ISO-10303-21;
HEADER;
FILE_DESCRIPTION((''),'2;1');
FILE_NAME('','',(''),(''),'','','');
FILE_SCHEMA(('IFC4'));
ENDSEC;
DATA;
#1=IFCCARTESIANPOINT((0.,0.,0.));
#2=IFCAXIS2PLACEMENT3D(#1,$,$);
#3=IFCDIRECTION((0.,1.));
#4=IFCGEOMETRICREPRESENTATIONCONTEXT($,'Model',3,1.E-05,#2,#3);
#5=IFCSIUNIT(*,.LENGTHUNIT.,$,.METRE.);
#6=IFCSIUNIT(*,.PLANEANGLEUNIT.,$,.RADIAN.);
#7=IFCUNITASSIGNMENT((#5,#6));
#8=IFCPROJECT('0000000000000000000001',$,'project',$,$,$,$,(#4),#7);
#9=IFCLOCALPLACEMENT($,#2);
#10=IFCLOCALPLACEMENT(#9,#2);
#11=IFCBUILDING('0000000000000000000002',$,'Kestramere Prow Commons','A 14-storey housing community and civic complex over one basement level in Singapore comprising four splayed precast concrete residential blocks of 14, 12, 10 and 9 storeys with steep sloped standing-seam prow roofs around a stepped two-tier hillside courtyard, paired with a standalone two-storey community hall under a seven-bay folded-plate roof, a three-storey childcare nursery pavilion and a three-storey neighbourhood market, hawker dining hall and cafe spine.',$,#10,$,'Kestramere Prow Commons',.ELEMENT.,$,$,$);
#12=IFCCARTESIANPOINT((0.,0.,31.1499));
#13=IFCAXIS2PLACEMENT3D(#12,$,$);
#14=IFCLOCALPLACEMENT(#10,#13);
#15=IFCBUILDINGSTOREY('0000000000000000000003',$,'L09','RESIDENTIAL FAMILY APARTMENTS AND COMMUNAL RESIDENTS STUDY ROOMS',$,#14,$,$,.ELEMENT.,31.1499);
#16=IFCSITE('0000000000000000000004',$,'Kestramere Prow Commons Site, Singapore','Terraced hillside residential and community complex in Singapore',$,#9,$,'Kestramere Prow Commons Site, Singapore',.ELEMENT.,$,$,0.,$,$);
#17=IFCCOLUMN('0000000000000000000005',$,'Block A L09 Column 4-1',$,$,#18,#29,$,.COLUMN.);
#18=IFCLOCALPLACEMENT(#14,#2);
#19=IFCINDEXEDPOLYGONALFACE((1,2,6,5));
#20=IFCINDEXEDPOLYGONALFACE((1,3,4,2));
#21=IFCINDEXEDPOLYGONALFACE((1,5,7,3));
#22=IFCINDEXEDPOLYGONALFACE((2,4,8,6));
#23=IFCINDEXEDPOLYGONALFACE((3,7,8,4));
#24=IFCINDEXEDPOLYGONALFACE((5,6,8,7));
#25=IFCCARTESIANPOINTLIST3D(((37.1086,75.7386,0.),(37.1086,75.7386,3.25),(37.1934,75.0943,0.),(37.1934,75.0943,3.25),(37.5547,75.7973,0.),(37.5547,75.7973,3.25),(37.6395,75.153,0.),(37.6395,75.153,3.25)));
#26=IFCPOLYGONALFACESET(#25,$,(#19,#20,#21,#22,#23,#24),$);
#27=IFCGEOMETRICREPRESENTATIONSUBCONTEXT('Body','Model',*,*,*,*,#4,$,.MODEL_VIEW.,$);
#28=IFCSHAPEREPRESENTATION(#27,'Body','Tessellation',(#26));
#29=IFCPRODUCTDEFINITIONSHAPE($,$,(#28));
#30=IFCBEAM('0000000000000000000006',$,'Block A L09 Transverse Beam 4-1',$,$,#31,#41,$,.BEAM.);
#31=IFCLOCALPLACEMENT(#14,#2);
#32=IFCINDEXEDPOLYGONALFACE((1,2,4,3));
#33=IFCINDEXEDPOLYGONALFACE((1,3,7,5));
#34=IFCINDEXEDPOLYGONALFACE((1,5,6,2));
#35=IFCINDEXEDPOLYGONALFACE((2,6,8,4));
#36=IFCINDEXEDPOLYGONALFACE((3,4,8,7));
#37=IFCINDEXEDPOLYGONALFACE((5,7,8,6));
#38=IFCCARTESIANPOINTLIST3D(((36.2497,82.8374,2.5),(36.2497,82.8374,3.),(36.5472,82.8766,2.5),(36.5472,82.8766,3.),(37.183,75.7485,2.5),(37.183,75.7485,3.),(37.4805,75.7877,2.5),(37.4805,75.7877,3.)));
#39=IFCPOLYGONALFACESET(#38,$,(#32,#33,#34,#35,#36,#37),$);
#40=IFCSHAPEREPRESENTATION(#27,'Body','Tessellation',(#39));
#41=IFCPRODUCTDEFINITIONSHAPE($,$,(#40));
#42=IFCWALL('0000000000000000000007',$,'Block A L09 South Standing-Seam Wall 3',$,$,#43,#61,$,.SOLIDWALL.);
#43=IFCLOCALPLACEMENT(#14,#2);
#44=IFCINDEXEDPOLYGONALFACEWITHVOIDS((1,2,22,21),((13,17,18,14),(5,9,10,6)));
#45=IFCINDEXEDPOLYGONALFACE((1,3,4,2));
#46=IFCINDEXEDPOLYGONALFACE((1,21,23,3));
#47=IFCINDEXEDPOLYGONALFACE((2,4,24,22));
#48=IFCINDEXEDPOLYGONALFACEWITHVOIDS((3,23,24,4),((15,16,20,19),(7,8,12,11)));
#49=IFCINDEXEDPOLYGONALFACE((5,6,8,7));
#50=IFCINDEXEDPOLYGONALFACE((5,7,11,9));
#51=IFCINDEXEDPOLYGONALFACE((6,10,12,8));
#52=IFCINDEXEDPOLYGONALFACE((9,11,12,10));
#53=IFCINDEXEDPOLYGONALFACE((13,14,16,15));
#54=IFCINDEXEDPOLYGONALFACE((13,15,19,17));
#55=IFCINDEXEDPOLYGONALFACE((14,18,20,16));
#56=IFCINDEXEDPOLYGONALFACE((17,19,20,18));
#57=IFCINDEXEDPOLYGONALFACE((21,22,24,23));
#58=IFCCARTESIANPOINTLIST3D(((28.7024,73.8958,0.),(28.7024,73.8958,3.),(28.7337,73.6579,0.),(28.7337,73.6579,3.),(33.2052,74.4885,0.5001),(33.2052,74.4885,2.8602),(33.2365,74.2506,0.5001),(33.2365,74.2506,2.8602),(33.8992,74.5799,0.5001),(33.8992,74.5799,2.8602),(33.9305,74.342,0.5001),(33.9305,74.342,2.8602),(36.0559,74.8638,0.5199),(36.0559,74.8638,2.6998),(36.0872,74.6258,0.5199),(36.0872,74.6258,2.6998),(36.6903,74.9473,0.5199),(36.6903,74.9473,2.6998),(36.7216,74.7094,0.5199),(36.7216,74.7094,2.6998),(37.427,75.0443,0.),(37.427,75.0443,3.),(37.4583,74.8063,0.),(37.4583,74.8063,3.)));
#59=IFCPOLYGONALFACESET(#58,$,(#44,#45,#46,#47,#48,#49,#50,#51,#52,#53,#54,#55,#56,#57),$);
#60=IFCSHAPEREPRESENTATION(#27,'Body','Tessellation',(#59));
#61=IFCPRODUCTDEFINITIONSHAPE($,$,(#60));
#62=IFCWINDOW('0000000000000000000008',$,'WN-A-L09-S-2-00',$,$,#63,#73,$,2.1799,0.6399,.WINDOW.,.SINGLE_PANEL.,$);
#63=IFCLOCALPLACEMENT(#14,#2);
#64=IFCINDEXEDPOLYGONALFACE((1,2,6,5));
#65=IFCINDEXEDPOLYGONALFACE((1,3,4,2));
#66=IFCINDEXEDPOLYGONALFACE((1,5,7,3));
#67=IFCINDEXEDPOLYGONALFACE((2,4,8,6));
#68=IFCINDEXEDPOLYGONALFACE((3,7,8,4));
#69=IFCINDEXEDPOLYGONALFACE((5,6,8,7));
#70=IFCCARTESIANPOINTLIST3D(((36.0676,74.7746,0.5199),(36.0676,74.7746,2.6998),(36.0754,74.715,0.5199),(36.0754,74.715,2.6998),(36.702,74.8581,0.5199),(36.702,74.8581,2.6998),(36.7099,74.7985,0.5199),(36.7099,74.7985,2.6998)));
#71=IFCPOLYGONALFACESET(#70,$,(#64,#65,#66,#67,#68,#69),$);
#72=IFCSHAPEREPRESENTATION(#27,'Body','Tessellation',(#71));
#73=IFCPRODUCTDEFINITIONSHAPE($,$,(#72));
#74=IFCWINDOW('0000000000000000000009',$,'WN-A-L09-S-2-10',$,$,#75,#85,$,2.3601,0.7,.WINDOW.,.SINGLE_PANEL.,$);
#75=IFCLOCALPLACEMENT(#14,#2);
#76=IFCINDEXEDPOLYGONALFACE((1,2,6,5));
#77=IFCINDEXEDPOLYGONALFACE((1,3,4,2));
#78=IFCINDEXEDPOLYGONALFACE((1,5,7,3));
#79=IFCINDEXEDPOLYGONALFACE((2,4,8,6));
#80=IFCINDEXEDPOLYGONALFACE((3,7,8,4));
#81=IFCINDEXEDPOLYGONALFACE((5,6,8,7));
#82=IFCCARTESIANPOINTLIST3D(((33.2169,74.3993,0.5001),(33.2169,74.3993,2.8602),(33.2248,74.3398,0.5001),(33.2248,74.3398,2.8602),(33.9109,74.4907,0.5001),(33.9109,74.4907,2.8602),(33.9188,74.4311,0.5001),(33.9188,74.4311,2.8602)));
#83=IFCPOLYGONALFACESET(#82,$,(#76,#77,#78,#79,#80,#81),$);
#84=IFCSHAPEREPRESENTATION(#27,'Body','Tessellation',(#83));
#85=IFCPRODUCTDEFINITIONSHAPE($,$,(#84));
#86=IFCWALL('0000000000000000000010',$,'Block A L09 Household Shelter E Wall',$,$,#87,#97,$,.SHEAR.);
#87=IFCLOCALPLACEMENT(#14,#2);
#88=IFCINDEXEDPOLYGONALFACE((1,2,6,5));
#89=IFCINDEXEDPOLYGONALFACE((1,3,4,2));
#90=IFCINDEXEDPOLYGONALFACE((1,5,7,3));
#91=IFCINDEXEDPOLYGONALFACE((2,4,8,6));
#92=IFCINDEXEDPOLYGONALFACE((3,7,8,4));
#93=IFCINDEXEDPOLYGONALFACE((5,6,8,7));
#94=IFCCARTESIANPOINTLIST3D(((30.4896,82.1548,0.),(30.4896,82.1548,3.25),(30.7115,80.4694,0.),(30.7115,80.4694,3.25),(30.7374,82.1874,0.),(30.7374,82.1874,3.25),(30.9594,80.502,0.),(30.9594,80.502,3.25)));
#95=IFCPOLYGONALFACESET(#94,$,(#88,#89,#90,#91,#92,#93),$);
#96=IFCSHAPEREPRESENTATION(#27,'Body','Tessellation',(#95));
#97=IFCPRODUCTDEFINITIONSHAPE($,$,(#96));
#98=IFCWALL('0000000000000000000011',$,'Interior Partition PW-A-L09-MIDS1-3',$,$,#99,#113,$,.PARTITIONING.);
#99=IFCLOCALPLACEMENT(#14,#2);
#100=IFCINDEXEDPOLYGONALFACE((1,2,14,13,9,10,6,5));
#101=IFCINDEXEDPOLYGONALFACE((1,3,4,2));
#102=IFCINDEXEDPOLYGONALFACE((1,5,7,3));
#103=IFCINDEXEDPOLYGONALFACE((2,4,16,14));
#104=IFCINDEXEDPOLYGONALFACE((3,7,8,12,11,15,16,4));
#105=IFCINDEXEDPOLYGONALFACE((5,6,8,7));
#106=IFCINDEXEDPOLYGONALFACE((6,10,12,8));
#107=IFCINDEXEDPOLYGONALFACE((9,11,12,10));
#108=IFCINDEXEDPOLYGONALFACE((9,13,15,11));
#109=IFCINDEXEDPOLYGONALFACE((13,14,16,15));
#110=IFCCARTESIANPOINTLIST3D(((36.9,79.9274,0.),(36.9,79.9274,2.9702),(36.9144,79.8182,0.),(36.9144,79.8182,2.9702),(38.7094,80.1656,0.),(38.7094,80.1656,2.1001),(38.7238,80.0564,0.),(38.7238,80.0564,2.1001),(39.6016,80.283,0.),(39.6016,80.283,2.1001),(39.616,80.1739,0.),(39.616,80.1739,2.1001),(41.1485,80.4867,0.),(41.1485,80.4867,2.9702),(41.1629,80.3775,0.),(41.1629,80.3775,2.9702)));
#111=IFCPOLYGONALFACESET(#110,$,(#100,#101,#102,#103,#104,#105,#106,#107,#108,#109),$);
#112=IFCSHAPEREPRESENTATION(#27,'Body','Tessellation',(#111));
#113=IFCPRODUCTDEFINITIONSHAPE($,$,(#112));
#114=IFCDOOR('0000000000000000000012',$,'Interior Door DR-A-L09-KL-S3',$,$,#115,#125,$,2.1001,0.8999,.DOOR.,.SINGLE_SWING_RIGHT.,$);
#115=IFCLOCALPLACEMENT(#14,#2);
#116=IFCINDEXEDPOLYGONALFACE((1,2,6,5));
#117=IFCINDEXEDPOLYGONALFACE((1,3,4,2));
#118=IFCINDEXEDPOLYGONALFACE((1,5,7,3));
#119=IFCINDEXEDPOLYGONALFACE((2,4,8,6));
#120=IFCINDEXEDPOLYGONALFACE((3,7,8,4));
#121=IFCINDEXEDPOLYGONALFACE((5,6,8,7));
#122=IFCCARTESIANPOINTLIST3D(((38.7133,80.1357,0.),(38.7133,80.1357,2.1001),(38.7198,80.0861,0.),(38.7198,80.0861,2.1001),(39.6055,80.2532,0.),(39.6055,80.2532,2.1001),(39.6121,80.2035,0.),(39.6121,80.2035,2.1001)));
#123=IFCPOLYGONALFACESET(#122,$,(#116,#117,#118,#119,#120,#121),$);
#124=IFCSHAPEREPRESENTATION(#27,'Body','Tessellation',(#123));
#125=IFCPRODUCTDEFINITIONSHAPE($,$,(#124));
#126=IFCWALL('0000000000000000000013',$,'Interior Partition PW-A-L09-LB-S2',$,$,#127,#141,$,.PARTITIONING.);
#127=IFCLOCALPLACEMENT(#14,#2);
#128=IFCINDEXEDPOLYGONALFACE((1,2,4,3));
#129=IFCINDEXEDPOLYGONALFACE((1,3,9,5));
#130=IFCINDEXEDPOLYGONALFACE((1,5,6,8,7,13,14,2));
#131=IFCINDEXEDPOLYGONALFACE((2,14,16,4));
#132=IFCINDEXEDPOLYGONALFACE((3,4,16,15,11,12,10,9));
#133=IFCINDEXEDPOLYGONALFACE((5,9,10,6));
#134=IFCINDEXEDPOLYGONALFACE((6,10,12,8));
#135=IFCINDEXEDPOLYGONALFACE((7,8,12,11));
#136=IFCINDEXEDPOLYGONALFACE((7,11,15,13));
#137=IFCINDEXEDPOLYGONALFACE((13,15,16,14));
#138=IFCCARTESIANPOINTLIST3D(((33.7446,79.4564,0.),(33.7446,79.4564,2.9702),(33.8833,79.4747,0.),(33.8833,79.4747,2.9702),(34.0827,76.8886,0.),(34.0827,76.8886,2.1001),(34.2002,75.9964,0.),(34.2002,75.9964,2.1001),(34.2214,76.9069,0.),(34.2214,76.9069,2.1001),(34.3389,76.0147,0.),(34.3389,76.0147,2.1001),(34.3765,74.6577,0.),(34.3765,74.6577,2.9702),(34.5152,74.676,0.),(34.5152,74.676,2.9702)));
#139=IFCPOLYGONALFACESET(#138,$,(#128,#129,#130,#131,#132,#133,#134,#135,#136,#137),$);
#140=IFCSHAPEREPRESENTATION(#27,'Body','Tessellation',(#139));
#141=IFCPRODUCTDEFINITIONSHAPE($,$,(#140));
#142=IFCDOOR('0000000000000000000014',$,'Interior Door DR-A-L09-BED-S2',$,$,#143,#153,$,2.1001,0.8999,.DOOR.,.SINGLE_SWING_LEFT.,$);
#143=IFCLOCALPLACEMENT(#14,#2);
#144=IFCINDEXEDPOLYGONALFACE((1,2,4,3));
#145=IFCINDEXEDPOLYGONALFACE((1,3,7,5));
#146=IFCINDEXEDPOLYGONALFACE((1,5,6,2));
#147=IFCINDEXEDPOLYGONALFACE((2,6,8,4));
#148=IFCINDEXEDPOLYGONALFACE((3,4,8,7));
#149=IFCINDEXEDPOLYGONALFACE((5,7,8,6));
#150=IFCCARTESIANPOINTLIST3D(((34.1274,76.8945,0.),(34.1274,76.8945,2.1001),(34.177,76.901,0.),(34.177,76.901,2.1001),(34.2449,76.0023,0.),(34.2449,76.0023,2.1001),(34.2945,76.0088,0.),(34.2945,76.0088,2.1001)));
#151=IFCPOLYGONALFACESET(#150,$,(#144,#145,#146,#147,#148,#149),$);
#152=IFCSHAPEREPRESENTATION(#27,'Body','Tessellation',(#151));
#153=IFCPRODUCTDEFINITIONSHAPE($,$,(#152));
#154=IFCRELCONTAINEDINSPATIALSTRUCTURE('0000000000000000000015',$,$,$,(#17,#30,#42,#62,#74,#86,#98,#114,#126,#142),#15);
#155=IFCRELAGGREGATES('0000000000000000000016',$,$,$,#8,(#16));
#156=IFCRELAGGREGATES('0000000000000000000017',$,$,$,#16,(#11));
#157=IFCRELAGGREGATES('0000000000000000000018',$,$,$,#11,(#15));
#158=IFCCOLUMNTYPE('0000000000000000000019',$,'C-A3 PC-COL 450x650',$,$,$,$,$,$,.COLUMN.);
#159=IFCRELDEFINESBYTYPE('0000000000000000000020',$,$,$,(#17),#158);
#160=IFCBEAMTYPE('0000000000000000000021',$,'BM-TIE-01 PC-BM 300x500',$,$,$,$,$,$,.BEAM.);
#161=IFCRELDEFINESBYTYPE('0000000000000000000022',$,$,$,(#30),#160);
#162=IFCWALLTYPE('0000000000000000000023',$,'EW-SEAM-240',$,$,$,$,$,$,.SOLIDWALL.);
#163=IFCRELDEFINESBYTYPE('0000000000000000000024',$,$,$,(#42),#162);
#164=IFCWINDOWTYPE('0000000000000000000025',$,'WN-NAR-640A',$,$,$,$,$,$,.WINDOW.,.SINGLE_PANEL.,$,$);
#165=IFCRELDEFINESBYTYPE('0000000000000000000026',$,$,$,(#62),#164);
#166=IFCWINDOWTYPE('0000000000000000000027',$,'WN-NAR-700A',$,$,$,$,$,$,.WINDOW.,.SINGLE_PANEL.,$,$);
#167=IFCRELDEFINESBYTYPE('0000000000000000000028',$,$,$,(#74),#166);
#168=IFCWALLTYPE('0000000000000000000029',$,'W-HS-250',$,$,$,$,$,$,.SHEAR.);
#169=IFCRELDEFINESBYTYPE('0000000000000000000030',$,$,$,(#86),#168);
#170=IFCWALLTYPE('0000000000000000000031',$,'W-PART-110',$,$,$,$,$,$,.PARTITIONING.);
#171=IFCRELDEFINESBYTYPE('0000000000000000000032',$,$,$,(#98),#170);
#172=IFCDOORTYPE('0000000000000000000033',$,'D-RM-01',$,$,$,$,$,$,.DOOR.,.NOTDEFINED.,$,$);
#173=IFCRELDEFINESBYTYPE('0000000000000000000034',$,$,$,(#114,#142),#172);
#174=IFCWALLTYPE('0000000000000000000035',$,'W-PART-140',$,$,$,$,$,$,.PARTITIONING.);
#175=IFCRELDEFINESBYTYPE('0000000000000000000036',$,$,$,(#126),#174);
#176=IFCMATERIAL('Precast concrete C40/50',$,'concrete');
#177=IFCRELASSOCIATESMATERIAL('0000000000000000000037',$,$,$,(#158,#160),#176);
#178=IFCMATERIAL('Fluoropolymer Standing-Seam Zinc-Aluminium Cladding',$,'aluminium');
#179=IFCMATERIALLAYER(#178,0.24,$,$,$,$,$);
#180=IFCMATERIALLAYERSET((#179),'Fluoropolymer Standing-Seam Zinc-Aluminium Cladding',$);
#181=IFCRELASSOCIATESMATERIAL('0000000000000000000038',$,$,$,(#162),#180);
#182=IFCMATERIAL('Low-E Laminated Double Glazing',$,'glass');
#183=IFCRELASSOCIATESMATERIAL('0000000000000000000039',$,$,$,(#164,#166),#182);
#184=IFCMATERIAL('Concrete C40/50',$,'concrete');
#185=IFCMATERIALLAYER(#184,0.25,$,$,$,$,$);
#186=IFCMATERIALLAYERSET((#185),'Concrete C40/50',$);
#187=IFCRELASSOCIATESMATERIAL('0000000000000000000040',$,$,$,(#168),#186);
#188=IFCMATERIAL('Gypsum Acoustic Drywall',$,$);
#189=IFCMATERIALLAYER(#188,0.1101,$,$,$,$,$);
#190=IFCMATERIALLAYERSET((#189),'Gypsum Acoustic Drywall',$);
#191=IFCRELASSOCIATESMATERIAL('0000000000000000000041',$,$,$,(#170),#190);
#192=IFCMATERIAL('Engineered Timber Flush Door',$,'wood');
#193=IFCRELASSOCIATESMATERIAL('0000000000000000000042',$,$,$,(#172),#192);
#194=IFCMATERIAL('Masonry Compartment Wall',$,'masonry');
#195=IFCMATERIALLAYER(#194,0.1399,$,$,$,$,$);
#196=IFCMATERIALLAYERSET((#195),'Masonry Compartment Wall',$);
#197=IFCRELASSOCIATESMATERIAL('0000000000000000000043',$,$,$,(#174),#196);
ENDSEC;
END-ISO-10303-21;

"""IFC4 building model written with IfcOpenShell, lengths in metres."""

from ifc_helpers import new_model, si_unit, direction, frame, frame_2d, origin, origin_2d, place, context, subcontext, project, spatial, rectangle, extrude, material, layer, layer_set, material_profile, profile_set, type_object, element, fill, save


model = new_model("IFC4")

# Units and contexts
model_context = context("Model", 3, precision=1e-05, world=origin(), true_north=direction((0.0, 1.0)))
body_context = subcontext(model_context, "Body", "Model", "MODEL_VIEW")
ifc_project = project(units=[si_unit("LENGTHUNIT", "METRE"), si_unit("PLANEANGLEUNIT", "RADIAN")], contexts=[model_context])

# Site, building, storey
site_placement = place(None, origin())
site = spatial("IfcSite", under=ifc_project, at=site_placement, Name="Kestramere Prow Commons Site, Singapore", Description="Terraced hillside residential and community complex in Singapore", LongName="Kestramere Prow Commons Site, Singapore", CompositionType="ELEMENT", RefElevation=0.0)
building_placement = place(site_placement, origin())
building = spatial("IfcBuilding", under=site, at=building_placement, Name="Kestramere Prow Commons", Description="A 14-storey housing community and civic complex over one basement level in Singapore comprising four splayed precast concrete residential blocks of 14, 12, 10 and 9 storeys with steep sloped standing-seam prow roofs around a stepped two-tier hillside courtyard, paired with a standalone two-storey community hall under a seven-bay folded-plate roof, a three-storey childcare nursery pavilion and a three-storey neighbourhood market, hawker dining hall and cafe spine.", LongName="Kestramere Prow Commons", CompositionType="ELEMENT")
storey_placement = place(building_placement, frame((0.0, 0.0, 31.1499)))
storey = spatial("IfcBuildingStorey", under=building, at=storey_placement, Name="L09", Description="RESIDENTIAL FAMILY APARTMENTS AND COMMUNAL RESIDENTS STUDY ROOMS", CompositionType="ELEMENT", Elevation=31.1499)

# Column
ifc_material_1 = material(Name="Precast concrete C40/50", Category="concrete")
ifc_material_profile_1 = material_profile(ifc_material_1, rectangle(XDim=0.45, YDim=0.6499, at=origin_2d()), Name="PC-COL 450x650")
ifc_profile_set_1 = profile_set([ifc_material_profile_1], Name="Precast concrete C40/50")
column_type = type_object("IfcColumnType", Name="C-A3 PC-COL 450x650", PredefinedType="COLUMN", material=ifc_profile_set_1)
column_placement = place(storey_placement, frame((37.374, 75.4458, 0.0), z_axis=(0.0, 0.0, 1.0), x_axis=(0.991445, 0.130526, 0.0)))
element("IfcColumn", 1, at=column_placement, inside=storey, type_object=column_type, Name="Block A L09 Column 4-1", PredefinedType="COLUMN", context=body_context, shape_type="SweptSolid", body=[
    extrude(rectangle(XDim=0.45, YDim=0.6499, at=origin_2d()), origin(), (0.0, 0.0, 1.0), 3.25),
])

# Beam
ifc_material_profile_2 = material_profile(ifc_material_1, rectangle(XDim=0.3, YDim=0.5, at=origin_2d()), Name="PC-BM 300x500")
ifc_profile_set_2 = profile_set([ifc_material_profile_2], Name="Precast concrete C40/50")
beam_type = type_object("IfcBeamType", Name="BM-TIE-01 PC-BM 300x500", PredefinedType="BEAM", material=ifc_profile_set_2)
beam_placement = place(storey_placement, frame((37.3318, 75.7681, 2.75), z_axis=(-0.130538, 0.991443, 0.0), x_axis=(-0.991443, -0.130538, 0.0)))
element("IfcBeam", 2, at=beam_placement, inside=storey, type_object=beam_type, Name="Block A L09 Transverse Beam 4-1", PredefinedType="BEAM", context=body_context, shape_type="SweptSolid", body=[
    extrude(rectangle(XDim=0.3, YDim=0.5, at=origin_2d()), origin(), (0.0, 0.0, 1.0), 7.1501),
])

# Wall, openings, windows
ifc_material_2 = material(Name="Fluoropolymer Standing-Seam Zinc-Aluminium Cladding", Category="aluminium")
ifc_layer_1 = layer(ifc_material_2, 0.24)
ifc_layer_set_1 = layer_set([ifc_layer_1], Name="Fluoropolymer Standing-Seam Zinc-Aluminium Cladding")
wall_type_1 = type_object("IfcWallType", Name="EW-SEAM-240", PredefinedType="SOLIDWALL", material=ifc_layer_set_1)
wall_1_placement = place(storey_placement, frame((37.4426, 74.9253, 0.0), z_axis=(0.0, 0.0, 1.0), x_axis=(-0.991447, -0.130506, 0.0)))
wall_1 = element("IfcWall", 3, at=wall_1_placement, inside=storey, type_object=wall_type_1, Name="Block A L09 South Standing-Seam Wall 3", PredefinedType="SOLIDWALL", context=body_context, shape_type="SweptSolid", body=[
    extrude(rectangle(XDim=8.7998, YDim=0.24, at=frame_2d((4.3999, 0.0))), origin(), (0.0, 0.0, 1.0), 3.0),
])
opening_1_placement = place(wall_1_placement, frame((0.7432, 0.0, 0.52)))
opening_1 = element("IfcOpeningElement", 4, at=opening_1_placement, cuts=wall_1, PredefinedType="OPENING", context=body_context, shape_type="SweptSolid", body=[
    extrude(rectangle(XDim=0.6399, YDim=2.1799, at=frame_2d((0.3198, 1.0898))), frame((0.0, 0.135, 0.0), z_axis=(0.0, -1.0, 0.0), x_axis=(1.0, 0.0, 0.0)), (0.0, 0.0, 1.0), 0.27),
])
opening_2_placement = place(wall_1_placement, frame((3.5581, 0.0, 0.5)))
opening_2 = element("IfcOpeningElement", 5, at=opening_2_placement, cuts=wall_1, PredefinedType="OPENING", context=body_context, shape_type="SweptSolid", body=[
    extrude(rectangle(XDim=0.7, YDim=2.3601, at=frame_2d((0.3501, 1.1802))), frame((0.0, 0.135, 0.0), z_axis=(0.0, -1.0, 0.0), x_axis=(1.0, 0.0, 0.0)), (0.0, 0.0, 1.0), 0.27),
])
ifc_material_3 = material(Name="Low-E Laminated Double Glazing", Category="glass")
window_type_1 = type_object("IfcWindowType", Name="WN-NAR-640A", PartitioningType="SINGLE_PANEL", PredefinedType="WINDOW", material=ifc_material_3)
window_1_placement = place(opening_1_placement, origin())
window_1 = element("IfcWindow", 6, at=window_1_placement, inside=storey, type_object=window_type_1, Name="WN-A-L09-S-2-00", OverallHeight=2.1799, OverallWidth=0.6399, PartitioningType="SINGLE_PANEL", PredefinedType="WINDOW", context=body_context, shape_type="SweptSolid", body=[
    extrude(rectangle(XDim=0.6399, YDim=2.1799, at=frame_2d((0.3198, 1.0898))), frame((0.0, 0.03, 0.0), z_axis=(0.0, -1.0, 0.0), x_axis=(1.0, 0.0, 0.0)), (0.0, 0.0, 1.0), 0.0601),
])
fill(opening_1, window_1)
window_type_2 = type_object("IfcWindowType", Name="WN-NAR-700A", PartitioningType="SINGLE_PANEL", PredefinedType="WINDOW", material=ifc_material_3)
window_2_placement = place(opening_2_placement, origin())
window_2 = element("IfcWindow", 7, at=window_2_placement, inside=storey, type_object=window_type_2, Name="WN-A-L09-S-2-10", OverallHeight=2.3601, OverallWidth=0.7, PartitioningType="SINGLE_PANEL", PredefinedType="WINDOW", context=body_context, shape_type="SweptSolid", body=[
    extrude(rectangle(XDim=0.7, YDim=2.3601, at=frame_2d((0.3501, 1.1802))), frame((0.0, 0.03, 0.0), z_axis=(0.0, -1.0, 0.0), x_axis=(1.0, 0.0, 0.0)), (0.0, 0.0, 1.0), 0.0601),
])
fill(opening_2, window_2)

# Wall
ifc_material_4 = material(Name="Concrete C40/50", Category="concrete")
ifc_layer_2 = layer(ifc_material_4, 0.25)
ifc_layer_set_2 = layer_set([ifc_layer_2], Name="Concrete C40/50")
wall_type_2 = type_object("IfcWallType", Name="W-HS-250", PredefinedType="SHEAR", material=ifc_layer_set_2)
wall_2_placement = place(storey_placement, frame((30.8354, 80.4856, 0.0), z_axis=(0.0, 0.0, 1.0), x_axis=(-0.130555, 0.991441, 0.0)))
element("IfcWall", 8, at=wall_2_placement, inside=storey, type_object=wall_type_2, Name="Block A L09 Household Shelter E Wall", PredefinedType="SHEAR", context=body_context, shape_type="SweptSolid", body=[
    extrude(rectangle(XDim=1.7, YDim=0.25, at=frame_2d((0.8501, 0.0))), origin(), (0.0, 0.0, 1.0), 3.25),
])

# Walls, openings, doors
ifc_material_5 = material(Name="Gypsum Acoustic Drywall")
ifc_layer_3 = layer(ifc_material_5, 0.1101)
ifc_layer_set_3 = layer_set([ifc_layer_3], Name="Gypsum Acoustic Drywall")
wall_type_3 = type_object("IfcWallType", Name="W-PART-110", PredefinedType="PARTITIONING", material=ifc_layer_set_3)
wall_3_placement = place(storey_placement, frame((36.9072, 79.8728, 0.0), z_axis=(0.0, 0.0, 1.0), x_axis=(0.991445, 0.130525, 0.0)))
wall_3 = element("IfcWall", 9, at=wall_3_placement, inside=storey, type_object=wall_type_3, Name="Interior Partition PW-A-L09-MIDS1-3", PredefinedType="PARTITIONING", context=body_context, shape_type="SweptSolid", body=[
    extrude(rectangle(XDim=4.2852, YDim=0.1101, at=frame_2d((2.1426, 0.0))), origin(), (0.0, 0.0, 1.0), 2.9702),
])
opening_3_placement = place(wall_3_placement, frame((1.825, 0.0, 0.0)))
opening_3 = element("IfcOpeningElement", 10, at=opening_3_placement, cuts=wall_3, PredefinedType="OPENING", context=body_context, shape_type="SweptSolid", body=[
    extrude(rectangle(XDim=0.8999, YDim=2.1001, at=frame_2d((0.45, 1.05))), frame((0.0, 0.0701, 0.0), z_axis=(0.0, -1.0, 0.0), x_axis=(1.0, 0.0, 0.0)), (0.0, 0.0, 1.0), 0.1401),
])
ifc_material_6 = material(Name="Engineered Timber Flush Door", Category="wood")
door_type_1 = type_object("IfcDoorType", Name="D-RM-01", OperationType="NOTDEFINED", PredefinedType="DOOR", material=ifc_material_6)
door_1_placement = place(opening_3_placement, origin())
door_1 = element("IfcDoor", 11, at=door_1_placement, inside=storey, type_object=door_type_1, Name="Interior Door DR-A-L09-KL-S3", OperationType="SINGLE_SWING_RIGHT", OverallHeight=2.1001, OverallWidth=0.8999, PredefinedType="DOOR", context=body_context, shape_type="SweptSolid", body=[
    extrude(rectangle(XDim=0.8999, YDim=2.1001, at=frame_2d((0.45, 1.05))), frame((0.0, 0.0249, 0.0), z_axis=(0.0, -1.0, 0.0), x_axis=(1.0, 0.0, 0.0)), (0.0, 0.0, 1.0), 0.05),
])
fill(opening_3, door_1)
ifc_material_7 = material(Name="Masonry Compartment Wall", Category="masonry")
ifc_layer_4 = layer(ifc_material_7, 0.1399)
ifc_layer_set_4 = layer_set([ifc_layer_4], Name="Masonry Compartment Wall")
wall_type_4 = type_object("IfcWallType", Name="W-PART-140", PredefinedType="PARTITIONING", material=ifc_layer_set_4)
wall_4_placement = place(storey_placement, frame((34.4458, 74.667, 0.0), z_axis=(0.0, 0.0, 1.0), x_axis=(-0.130545, 0.991442, 0.0)))
wall_4 = element("IfcWall", 12, at=wall_4_placement, inside=storey, type_object=wall_type_4, Name="Interior Partition PW-A-L09-LB-S2", PredefinedType="PARTITIONING", context=body_context, shape_type="SweptSolid", body=[
    extrude(rectangle(XDim=4.8401, YDim=0.1399, at=frame_2d((2.4199, 0.0))), origin(), (0.0, 0.0, 1.0), 2.9702),
])
opening_4_placement = place(wall_4_placement, frame((1.3501, 0.0, 0.0)))
opening_4 = element("IfcOpeningElement", 13, at=opening_4_placement, cuts=wall_4, PredefinedType="OPENING", context=body_context, shape_type="SweptSolid", body=[
    extrude(rectangle(XDim=0.8999, YDim=2.1001, at=frame_2d((0.45, 1.05))), frame((0.0, 0.085, 0.0), z_axis=(0.0, -1.0, 0.0), x_axis=(1.0, 0.0, 0.0)), (0.0, 0.0, 1.0), 0.1699),
])
door_2_placement = place(opening_4_placement, origin())
door_2 = element("IfcDoor", 14, at=door_2_placement, inside=storey, type_object=door_type_1, Name="Interior Door DR-A-L09-BED-S2", OperationType="SINGLE_SWING_LEFT", OverallHeight=2.1001, OverallWidth=0.8999, PredefinedType="DOOR", context=body_context, shape_type="SweptSolid", body=[
    extrude(rectangle(XDim=0.8999, YDim=2.1001, at=frame_2d((0.45, 1.05))), frame((0.0, 0.0249, 0.0), z_axis=(0.0, -1.0, 0.0), x_axis=(1.0, 0.0, 0.0)), (0.0, 0.0, 1.0), 0.05),
])
fill(opening_4, door_2)

save(model, "model.ifc")
